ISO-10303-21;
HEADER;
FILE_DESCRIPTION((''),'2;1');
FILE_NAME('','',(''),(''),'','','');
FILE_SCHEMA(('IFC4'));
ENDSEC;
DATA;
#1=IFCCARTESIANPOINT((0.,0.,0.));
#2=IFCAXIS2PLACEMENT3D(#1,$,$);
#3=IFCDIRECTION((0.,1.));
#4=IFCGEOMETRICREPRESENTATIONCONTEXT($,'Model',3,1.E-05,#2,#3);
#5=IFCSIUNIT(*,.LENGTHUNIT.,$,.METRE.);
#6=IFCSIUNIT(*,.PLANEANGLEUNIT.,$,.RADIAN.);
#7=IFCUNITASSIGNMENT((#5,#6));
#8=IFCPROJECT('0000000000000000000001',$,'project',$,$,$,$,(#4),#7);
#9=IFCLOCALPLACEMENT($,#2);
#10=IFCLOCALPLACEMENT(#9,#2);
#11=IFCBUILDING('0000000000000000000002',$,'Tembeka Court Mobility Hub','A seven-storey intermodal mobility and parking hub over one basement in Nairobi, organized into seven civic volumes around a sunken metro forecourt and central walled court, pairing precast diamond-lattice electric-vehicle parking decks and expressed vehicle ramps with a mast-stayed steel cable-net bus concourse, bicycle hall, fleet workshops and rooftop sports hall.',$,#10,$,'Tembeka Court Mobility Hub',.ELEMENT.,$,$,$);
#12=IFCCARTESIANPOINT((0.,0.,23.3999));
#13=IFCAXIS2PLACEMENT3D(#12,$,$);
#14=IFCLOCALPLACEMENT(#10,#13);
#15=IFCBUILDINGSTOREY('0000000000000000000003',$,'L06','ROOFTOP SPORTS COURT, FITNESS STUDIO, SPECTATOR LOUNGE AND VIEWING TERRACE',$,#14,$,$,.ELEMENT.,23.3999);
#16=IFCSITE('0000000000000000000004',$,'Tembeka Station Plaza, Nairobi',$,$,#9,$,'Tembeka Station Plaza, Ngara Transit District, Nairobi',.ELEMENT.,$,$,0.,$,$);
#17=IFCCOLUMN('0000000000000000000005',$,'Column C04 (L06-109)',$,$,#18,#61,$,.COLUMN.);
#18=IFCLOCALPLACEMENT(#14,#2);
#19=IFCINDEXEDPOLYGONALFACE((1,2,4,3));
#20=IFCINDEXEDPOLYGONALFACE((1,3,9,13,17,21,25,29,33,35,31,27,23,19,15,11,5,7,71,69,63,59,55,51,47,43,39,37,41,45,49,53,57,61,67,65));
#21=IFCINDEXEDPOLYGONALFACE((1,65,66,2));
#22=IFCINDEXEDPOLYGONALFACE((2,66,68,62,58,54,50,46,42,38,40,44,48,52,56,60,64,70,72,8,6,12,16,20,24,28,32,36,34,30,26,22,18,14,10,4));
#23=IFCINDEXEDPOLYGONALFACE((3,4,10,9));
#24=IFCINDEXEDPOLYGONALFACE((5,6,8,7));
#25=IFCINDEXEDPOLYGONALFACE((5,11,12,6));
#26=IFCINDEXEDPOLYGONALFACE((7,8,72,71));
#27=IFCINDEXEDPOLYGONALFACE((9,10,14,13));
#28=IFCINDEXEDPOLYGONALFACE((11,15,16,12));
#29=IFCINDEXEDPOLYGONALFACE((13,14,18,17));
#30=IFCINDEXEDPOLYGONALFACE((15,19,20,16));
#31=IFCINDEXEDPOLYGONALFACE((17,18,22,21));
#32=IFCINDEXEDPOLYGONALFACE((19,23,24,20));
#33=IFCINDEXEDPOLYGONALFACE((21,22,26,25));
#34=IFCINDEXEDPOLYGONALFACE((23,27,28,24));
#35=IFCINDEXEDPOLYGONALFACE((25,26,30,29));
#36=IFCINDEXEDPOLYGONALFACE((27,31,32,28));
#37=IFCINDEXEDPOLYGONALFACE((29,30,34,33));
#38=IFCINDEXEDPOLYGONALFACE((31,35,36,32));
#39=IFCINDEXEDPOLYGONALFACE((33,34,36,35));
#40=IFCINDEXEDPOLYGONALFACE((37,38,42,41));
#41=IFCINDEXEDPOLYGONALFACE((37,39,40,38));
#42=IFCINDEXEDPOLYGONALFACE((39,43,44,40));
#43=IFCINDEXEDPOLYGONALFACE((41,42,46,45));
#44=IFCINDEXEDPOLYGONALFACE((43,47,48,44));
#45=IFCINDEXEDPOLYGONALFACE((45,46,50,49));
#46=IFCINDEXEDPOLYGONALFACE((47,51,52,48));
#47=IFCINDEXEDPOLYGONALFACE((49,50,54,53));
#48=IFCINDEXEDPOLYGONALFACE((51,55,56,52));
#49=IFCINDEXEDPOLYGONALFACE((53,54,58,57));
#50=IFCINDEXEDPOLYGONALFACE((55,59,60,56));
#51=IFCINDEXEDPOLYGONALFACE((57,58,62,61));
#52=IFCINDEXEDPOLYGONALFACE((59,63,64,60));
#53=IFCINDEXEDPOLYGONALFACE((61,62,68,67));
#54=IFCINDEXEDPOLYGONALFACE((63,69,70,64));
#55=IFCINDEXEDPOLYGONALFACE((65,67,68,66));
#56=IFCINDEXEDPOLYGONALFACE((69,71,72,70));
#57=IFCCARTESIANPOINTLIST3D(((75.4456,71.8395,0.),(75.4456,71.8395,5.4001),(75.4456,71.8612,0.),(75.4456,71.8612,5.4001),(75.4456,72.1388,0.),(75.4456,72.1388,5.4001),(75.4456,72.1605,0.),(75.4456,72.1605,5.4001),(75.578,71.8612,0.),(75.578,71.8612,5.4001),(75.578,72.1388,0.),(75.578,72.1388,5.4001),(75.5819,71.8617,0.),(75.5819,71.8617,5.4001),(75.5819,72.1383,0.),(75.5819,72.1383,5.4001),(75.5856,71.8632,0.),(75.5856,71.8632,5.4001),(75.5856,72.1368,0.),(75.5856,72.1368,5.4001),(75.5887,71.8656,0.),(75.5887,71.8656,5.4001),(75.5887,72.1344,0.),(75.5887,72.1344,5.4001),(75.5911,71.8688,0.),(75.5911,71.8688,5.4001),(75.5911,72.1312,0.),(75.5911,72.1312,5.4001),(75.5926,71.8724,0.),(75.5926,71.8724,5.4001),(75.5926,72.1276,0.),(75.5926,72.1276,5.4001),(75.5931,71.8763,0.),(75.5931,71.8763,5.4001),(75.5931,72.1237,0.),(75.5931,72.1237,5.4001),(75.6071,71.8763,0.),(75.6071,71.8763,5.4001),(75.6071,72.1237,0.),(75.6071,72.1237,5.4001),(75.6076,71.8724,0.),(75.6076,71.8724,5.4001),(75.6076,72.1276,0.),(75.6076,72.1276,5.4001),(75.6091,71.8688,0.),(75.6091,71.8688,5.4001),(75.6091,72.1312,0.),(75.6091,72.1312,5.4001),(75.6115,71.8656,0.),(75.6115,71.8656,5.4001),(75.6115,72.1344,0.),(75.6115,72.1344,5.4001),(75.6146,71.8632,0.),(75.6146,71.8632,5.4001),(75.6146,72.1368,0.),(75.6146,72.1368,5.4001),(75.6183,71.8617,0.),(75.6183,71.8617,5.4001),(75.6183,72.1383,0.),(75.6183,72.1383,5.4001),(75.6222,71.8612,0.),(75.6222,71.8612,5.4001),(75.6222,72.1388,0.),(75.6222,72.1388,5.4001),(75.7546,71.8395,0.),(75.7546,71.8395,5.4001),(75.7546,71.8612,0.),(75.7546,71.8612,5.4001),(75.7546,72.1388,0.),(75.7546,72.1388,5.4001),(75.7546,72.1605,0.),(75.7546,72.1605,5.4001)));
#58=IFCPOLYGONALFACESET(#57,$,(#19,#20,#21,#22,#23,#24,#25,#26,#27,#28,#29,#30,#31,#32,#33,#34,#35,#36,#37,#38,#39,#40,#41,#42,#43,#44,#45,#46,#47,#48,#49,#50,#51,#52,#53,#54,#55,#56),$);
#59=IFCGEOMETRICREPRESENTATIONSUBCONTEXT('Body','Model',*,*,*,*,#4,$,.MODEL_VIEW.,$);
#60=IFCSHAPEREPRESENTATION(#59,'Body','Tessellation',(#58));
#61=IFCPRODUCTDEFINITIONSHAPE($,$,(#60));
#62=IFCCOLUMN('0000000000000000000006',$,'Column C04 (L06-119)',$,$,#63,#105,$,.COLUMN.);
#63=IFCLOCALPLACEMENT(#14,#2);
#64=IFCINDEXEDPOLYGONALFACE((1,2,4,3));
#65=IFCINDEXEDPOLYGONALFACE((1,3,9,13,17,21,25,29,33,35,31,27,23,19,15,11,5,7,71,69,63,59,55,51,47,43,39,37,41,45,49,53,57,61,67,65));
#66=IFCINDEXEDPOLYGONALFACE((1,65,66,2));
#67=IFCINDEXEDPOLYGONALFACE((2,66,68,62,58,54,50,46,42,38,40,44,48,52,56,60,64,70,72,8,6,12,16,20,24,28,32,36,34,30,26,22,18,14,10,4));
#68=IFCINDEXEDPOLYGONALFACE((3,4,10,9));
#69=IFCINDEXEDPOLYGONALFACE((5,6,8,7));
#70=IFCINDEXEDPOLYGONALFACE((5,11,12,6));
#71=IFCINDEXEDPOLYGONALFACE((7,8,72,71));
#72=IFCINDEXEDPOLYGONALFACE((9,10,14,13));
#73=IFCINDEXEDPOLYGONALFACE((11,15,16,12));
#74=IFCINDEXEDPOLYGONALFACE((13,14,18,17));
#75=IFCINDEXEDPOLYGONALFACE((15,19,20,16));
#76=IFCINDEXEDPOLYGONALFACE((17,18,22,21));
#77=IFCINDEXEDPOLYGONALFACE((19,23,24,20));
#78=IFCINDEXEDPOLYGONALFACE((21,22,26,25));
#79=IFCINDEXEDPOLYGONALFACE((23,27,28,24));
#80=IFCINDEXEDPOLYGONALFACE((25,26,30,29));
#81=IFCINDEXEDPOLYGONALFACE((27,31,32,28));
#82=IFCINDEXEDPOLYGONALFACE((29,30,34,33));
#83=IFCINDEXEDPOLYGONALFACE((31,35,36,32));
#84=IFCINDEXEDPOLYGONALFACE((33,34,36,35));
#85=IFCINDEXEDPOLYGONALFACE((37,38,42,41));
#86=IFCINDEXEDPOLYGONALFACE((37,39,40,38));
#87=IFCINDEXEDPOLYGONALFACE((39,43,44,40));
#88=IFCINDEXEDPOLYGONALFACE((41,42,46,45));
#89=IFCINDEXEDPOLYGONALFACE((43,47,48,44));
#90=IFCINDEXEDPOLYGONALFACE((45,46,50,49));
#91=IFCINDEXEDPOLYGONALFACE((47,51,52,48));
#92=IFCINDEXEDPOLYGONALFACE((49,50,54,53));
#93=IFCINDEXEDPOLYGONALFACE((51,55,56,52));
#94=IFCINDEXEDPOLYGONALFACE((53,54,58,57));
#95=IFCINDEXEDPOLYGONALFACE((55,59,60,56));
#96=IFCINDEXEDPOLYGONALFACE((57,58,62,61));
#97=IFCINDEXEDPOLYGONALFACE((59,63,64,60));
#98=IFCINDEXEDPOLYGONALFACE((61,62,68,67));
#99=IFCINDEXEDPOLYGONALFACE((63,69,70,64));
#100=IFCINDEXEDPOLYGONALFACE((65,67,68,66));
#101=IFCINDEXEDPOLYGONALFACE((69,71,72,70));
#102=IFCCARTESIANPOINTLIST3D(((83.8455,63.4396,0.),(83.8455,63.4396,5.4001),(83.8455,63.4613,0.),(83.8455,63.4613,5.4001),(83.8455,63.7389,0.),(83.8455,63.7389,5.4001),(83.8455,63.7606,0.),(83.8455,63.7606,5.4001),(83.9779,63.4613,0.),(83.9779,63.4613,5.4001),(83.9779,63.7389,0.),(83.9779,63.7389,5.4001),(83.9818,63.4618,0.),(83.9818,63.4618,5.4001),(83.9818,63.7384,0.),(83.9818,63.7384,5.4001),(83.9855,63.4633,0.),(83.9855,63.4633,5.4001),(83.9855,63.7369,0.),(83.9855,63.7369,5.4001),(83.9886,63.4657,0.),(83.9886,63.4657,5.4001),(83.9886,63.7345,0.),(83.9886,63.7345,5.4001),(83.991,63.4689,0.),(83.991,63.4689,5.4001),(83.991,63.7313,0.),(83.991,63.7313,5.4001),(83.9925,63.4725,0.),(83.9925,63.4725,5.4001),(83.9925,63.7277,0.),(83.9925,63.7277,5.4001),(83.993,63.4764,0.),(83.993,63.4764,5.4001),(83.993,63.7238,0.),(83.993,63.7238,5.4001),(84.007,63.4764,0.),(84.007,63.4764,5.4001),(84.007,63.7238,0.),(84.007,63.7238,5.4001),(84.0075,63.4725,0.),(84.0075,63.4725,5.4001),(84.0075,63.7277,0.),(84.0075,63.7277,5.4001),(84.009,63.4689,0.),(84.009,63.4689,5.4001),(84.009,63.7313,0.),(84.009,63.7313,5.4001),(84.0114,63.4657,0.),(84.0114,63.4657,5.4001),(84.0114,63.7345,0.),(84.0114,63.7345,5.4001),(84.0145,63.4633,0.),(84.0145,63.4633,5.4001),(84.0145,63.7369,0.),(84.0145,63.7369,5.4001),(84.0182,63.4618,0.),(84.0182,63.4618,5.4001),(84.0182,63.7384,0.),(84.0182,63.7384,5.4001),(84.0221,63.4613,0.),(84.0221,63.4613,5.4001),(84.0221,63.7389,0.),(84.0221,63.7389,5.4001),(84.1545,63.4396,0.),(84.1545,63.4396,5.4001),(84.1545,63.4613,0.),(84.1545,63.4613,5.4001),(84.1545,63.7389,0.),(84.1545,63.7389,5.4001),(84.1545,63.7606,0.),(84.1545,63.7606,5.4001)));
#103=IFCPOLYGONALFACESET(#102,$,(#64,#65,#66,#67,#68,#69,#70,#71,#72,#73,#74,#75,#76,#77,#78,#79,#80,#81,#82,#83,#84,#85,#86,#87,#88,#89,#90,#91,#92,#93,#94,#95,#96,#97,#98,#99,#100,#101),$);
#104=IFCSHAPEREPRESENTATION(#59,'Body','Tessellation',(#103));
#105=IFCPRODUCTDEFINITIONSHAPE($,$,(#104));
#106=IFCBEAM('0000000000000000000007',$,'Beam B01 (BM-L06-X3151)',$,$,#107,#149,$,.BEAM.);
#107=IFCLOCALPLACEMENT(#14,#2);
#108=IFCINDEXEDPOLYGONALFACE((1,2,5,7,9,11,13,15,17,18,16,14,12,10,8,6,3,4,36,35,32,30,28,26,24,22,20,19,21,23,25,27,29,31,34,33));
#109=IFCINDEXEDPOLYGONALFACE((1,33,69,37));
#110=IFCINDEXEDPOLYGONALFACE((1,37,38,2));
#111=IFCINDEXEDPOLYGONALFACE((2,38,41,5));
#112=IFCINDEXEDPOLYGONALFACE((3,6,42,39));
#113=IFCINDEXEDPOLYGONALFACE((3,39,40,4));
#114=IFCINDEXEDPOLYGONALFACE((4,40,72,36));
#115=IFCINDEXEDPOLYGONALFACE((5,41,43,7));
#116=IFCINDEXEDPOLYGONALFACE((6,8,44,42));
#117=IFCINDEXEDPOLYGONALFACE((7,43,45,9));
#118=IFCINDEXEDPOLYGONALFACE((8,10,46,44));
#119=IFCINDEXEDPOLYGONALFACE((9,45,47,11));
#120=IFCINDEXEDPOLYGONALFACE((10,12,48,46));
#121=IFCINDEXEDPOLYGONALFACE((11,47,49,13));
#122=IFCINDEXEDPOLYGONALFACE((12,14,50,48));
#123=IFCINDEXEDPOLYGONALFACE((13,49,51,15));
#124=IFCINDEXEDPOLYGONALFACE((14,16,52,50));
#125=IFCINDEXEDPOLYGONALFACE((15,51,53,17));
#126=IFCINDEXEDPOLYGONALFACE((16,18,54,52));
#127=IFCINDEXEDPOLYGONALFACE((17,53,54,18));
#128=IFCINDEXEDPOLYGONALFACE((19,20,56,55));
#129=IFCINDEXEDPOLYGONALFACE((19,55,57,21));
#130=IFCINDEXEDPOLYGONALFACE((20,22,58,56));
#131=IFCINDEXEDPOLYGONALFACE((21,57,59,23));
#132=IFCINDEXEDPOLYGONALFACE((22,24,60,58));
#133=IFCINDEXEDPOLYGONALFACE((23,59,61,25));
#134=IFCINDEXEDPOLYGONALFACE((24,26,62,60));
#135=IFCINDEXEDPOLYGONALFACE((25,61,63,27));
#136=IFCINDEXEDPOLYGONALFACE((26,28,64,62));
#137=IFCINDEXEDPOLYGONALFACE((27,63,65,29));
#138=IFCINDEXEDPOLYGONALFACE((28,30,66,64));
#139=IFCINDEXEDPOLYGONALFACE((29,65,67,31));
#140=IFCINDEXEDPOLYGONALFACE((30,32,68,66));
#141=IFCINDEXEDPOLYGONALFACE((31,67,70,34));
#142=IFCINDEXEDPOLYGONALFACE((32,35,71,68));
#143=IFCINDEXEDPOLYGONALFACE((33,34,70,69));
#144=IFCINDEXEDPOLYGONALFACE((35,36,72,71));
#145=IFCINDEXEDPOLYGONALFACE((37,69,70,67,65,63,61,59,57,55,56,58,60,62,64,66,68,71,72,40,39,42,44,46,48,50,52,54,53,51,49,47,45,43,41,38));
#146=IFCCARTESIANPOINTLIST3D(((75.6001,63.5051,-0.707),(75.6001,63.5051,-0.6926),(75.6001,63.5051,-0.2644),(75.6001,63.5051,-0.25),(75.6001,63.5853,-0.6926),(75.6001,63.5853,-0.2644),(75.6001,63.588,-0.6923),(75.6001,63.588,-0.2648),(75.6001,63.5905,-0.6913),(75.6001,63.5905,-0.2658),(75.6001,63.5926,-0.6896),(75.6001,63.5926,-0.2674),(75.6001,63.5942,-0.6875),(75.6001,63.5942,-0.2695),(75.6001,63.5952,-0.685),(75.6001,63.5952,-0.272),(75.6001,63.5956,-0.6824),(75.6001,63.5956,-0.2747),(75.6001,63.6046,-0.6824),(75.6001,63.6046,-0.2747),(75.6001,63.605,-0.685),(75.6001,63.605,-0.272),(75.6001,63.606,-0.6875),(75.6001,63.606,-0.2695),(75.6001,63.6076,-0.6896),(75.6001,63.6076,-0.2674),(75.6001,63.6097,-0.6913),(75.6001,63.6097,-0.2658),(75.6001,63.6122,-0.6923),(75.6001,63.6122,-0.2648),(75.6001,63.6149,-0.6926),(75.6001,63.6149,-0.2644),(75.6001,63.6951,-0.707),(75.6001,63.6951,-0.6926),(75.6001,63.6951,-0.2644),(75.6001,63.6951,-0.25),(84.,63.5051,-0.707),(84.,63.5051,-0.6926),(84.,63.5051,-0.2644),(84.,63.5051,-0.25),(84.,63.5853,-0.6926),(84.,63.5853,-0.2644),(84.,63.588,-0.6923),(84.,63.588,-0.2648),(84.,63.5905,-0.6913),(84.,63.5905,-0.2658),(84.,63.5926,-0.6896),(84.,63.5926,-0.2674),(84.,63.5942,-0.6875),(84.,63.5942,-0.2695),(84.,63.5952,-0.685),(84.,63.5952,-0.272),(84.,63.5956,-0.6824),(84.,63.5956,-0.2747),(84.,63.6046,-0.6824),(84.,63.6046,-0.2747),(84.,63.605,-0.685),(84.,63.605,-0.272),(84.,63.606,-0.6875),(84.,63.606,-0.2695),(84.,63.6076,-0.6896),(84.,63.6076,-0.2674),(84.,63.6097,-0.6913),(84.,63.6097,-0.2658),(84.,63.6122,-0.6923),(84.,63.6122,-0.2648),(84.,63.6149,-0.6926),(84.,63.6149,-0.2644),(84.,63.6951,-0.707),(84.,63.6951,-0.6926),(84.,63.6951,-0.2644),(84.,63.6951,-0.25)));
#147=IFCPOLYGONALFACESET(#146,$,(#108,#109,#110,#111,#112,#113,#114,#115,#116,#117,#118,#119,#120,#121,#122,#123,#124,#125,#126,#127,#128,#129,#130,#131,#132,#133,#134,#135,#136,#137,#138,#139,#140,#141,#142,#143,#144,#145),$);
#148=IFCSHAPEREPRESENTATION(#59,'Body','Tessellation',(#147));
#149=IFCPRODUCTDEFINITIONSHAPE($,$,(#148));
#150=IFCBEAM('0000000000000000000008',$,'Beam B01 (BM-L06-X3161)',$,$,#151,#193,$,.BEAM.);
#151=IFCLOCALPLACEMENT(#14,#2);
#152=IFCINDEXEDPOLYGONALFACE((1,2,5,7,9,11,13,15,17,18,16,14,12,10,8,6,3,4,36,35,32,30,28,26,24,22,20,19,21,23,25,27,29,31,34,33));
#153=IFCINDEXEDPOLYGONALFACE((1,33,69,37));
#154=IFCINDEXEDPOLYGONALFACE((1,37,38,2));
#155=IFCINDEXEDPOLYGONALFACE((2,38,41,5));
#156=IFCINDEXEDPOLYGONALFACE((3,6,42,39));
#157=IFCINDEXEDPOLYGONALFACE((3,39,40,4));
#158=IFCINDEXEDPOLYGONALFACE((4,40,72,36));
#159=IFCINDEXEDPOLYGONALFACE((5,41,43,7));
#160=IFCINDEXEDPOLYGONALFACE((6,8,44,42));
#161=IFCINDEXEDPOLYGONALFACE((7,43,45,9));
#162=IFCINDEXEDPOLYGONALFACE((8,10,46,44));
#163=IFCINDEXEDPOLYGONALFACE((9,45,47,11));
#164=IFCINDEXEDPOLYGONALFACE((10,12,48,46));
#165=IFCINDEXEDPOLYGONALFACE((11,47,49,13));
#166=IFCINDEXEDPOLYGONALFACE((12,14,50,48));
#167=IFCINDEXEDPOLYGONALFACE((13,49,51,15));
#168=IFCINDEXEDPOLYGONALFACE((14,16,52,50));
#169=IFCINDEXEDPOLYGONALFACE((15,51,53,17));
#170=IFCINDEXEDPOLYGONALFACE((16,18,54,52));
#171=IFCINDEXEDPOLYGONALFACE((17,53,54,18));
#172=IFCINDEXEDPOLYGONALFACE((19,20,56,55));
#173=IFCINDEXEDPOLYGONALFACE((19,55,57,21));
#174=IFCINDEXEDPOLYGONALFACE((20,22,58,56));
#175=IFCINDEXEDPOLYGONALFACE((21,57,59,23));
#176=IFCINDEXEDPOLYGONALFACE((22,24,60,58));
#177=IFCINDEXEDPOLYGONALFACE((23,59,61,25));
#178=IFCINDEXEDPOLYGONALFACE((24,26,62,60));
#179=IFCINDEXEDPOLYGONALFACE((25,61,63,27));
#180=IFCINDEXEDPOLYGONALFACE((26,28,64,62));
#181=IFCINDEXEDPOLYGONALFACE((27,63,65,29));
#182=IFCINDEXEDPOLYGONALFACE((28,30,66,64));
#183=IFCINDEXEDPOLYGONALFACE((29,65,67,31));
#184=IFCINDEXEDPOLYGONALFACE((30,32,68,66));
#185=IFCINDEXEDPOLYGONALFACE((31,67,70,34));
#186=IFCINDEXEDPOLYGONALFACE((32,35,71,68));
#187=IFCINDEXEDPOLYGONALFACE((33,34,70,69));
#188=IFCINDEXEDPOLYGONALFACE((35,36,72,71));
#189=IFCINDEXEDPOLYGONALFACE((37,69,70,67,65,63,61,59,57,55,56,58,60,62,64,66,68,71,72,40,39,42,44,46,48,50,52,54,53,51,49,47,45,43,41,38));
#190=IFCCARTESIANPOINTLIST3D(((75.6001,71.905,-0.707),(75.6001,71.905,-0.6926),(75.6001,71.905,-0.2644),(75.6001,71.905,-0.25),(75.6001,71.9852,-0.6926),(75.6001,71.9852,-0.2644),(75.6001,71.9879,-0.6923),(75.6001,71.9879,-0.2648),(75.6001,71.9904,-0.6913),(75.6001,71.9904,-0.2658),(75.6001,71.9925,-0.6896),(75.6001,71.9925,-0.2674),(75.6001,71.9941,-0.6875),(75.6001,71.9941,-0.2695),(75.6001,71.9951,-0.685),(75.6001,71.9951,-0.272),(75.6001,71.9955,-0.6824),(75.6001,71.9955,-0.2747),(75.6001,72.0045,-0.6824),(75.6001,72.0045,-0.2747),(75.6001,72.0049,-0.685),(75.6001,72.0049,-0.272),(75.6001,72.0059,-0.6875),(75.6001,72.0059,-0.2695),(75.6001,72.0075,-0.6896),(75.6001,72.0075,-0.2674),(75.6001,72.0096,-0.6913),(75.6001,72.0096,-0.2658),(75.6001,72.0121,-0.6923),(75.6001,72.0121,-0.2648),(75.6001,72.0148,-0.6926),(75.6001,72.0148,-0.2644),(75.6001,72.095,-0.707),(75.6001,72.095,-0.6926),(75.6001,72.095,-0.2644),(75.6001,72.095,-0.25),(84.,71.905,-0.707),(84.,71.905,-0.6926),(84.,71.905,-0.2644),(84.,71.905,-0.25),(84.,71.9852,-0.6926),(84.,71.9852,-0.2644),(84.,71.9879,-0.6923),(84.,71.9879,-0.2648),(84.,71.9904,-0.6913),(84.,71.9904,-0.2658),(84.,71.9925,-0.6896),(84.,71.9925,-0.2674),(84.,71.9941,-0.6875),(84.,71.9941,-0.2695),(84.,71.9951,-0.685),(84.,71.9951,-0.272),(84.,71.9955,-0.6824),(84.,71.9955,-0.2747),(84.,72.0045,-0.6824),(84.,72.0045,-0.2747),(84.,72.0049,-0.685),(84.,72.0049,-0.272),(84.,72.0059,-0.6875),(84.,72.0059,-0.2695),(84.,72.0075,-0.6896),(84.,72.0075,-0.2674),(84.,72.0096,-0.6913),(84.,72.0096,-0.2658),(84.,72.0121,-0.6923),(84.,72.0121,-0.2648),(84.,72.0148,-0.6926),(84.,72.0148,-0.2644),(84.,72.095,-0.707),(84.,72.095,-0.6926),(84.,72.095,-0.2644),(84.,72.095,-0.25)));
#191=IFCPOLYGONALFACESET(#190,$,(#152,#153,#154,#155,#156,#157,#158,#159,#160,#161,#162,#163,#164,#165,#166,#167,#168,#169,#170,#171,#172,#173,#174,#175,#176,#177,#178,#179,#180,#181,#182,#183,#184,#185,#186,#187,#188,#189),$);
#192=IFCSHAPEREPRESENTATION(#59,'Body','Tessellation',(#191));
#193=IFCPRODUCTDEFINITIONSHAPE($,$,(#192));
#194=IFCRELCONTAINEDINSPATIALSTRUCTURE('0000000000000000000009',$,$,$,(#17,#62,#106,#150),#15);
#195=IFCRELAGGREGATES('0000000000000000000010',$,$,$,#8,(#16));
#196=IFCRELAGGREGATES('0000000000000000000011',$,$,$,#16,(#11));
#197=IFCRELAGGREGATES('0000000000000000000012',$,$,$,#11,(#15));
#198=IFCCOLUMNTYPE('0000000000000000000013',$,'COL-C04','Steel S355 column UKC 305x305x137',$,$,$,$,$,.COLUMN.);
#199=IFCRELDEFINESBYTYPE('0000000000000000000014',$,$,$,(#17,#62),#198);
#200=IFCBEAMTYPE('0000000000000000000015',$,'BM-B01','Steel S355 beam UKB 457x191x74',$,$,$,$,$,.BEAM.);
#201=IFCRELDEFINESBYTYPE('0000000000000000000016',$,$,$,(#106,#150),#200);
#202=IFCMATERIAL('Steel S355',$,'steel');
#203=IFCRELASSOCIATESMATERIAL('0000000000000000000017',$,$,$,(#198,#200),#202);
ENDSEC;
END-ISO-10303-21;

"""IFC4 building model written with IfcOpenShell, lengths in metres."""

from ifc_helpers import new_model, si_unit, direction, frame, origin, origin_2d, place, context, subcontext, project, spatial, i_section, extrude, material, material_profile, profile_set, type_object, element, save


model = new_model("IFC4")

# Units and contexts
model_context = context("Model", 3, precision=1e-05, world=origin(), true_north=direction((0.0, 1.0)))
body_context = subcontext(model_context, "Body", "Model", "MODEL_VIEW")
ifc_project = project(units=[si_unit("LENGTHUNIT", "METRE"), si_unit("PLANEANGLEUNIT", "RADIAN")], contexts=[model_context])

# Site, building, storey
site_placement = place(None, origin())
site = spatial("IfcSite", under=ifc_project, at=site_placement, Name="Tembeka Station Plaza, Nairobi", LongName="Tembeka Station Plaza, Ngara Transit District, Nairobi", CompositionType="ELEMENT", RefElevation=0.0)
building_placement = place(site_placement, origin())
building = spatial("IfcBuilding", under=site, at=building_placement, Name="Tembeka Court Mobility Hub", Description="A seven-storey intermodal mobility and parking hub over one basement in Nairobi, organized into seven civic volumes around a sunken metro forecourt and central walled court, pairing precast diamond-lattice electric-vehicle parking decks and expressed vehicle ramps with a mast-stayed steel cable-net bus concourse, bicycle hall, fleet workshops and rooftop sports hall.", LongName="Tembeka Court Mobility Hub", CompositionType="ELEMENT")
storey_placement = place(building_placement, frame((0.0, 0.0, 23.3999)))
storey = spatial("IfcBuildingStorey", under=building, at=storey_placement, Name="L06", Description="ROOFTOP SPORTS COURT, FITNESS STUDIO, SPECTATOR LOUNGE AND VIEWING TERRACE", CompositionType="ELEMENT", Elevation=23.3999)

# Columns
ifc_material_1 = material(Name="Steel S355", Category="steel")
ifc_material_profile_1 = material_profile(ifc_material_1, i_section(OverallWidth=0.3091, OverallDepth=0.321, WebThickness=0.0139, FlangeThickness=0.0217, FilletRadius=0.0151, at=origin_2d()), Name="UKC 305x305x137")
ifc_profile_set_1 = profile_set([ifc_material_profile_1], Name="Steel S355")
column_type = type_object("IfcColumnType", Name="COL-C04", Description="Steel S355 column UKC 305x305x137", PredefinedType="COLUMN", material=ifc_profile_set_1)
for number, where, z_axis, x_axis, name in (
    (1, (75.6001, 72.0, 0.0), (0.0, 0.0, 1.0), (1.0, 0.0, 0.0), "Column C04 (L06-109)"),
    (2, (84.0, 63.6001, 0.0), (0.0, 0.0, 1.0), (1.0, 0.0, 0.0), "Column C04 (L06-119)"),
):
    element("IfcColumn", number, at=place(storey_placement, frame(where, z_axis=z_axis, x_axis=x_axis)), inside=storey, type_object=column_type, Name=name, PredefinedType="COLUMN", context=body_context, shape_type="SweptSolid", body=[
        extrude(i_section(OverallWidth=0.3091, OverallDepth=0.321, WebThickness=0.0139, FlangeThickness=0.0217, FilletRadius=0.0151, at=origin_2d()), origin(), (0.0, 0.0, 1.0), 5.4001),
    ])

# Beams
ifc_material_profile_2 = material_profile(ifc_material_1, i_section(OverallWidth=0.1899, OverallDepth=0.457, WebThickness=0.009, FlangeThickness=0.0144, FilletRadius=0.0103, at=origin_2d()), Name="UKB 457x191x74")
ifc_profile_set_2 = profile_set([ifc_material_profile_2], Name="Steel S355")
beam_type_1 = type_object("IfcBeamType", Name="BM-B01", Description="Steel S355 beam UKB 457x191x74", PredefinedType="BEAM", material=ifc_profile_set_2)
for number, where, z_axis, x_axis, name in (
    (3, (75.6001, 63.6001, -0.4785), (1.0, 0.0, 0.0), (0.0, 1.0, 0.0), "Beam B01 (BM-L06-X3151)"),
    (4, (75.6001, 72.0, -0.4785), (1.0, 0.0, 0.0), (0.0, 1.0, 0.0), "Beam B01 (BM-L06-X3161)"),
):
    element("IfcBeam", number, at=place(storey_placement, frame(where, z_axis=z_axis, x_axis=x_axis)), inside=storey, type_object=beam_type_1, Name=name, PredefinedType="BEAM", context=body_context, shape_type="SweptSolid", body=[
        extrude(i_section(OverallWidth=0.1899, OverallDepth=0.457, WebThickness=0.009, FlangeThickness=0.0144, FilletRadius=0.0103, at=origin_2d()), origin(), (0.0, 0.0, 1.0), 8.3999),
    ])

save(model, "model.ifc")
